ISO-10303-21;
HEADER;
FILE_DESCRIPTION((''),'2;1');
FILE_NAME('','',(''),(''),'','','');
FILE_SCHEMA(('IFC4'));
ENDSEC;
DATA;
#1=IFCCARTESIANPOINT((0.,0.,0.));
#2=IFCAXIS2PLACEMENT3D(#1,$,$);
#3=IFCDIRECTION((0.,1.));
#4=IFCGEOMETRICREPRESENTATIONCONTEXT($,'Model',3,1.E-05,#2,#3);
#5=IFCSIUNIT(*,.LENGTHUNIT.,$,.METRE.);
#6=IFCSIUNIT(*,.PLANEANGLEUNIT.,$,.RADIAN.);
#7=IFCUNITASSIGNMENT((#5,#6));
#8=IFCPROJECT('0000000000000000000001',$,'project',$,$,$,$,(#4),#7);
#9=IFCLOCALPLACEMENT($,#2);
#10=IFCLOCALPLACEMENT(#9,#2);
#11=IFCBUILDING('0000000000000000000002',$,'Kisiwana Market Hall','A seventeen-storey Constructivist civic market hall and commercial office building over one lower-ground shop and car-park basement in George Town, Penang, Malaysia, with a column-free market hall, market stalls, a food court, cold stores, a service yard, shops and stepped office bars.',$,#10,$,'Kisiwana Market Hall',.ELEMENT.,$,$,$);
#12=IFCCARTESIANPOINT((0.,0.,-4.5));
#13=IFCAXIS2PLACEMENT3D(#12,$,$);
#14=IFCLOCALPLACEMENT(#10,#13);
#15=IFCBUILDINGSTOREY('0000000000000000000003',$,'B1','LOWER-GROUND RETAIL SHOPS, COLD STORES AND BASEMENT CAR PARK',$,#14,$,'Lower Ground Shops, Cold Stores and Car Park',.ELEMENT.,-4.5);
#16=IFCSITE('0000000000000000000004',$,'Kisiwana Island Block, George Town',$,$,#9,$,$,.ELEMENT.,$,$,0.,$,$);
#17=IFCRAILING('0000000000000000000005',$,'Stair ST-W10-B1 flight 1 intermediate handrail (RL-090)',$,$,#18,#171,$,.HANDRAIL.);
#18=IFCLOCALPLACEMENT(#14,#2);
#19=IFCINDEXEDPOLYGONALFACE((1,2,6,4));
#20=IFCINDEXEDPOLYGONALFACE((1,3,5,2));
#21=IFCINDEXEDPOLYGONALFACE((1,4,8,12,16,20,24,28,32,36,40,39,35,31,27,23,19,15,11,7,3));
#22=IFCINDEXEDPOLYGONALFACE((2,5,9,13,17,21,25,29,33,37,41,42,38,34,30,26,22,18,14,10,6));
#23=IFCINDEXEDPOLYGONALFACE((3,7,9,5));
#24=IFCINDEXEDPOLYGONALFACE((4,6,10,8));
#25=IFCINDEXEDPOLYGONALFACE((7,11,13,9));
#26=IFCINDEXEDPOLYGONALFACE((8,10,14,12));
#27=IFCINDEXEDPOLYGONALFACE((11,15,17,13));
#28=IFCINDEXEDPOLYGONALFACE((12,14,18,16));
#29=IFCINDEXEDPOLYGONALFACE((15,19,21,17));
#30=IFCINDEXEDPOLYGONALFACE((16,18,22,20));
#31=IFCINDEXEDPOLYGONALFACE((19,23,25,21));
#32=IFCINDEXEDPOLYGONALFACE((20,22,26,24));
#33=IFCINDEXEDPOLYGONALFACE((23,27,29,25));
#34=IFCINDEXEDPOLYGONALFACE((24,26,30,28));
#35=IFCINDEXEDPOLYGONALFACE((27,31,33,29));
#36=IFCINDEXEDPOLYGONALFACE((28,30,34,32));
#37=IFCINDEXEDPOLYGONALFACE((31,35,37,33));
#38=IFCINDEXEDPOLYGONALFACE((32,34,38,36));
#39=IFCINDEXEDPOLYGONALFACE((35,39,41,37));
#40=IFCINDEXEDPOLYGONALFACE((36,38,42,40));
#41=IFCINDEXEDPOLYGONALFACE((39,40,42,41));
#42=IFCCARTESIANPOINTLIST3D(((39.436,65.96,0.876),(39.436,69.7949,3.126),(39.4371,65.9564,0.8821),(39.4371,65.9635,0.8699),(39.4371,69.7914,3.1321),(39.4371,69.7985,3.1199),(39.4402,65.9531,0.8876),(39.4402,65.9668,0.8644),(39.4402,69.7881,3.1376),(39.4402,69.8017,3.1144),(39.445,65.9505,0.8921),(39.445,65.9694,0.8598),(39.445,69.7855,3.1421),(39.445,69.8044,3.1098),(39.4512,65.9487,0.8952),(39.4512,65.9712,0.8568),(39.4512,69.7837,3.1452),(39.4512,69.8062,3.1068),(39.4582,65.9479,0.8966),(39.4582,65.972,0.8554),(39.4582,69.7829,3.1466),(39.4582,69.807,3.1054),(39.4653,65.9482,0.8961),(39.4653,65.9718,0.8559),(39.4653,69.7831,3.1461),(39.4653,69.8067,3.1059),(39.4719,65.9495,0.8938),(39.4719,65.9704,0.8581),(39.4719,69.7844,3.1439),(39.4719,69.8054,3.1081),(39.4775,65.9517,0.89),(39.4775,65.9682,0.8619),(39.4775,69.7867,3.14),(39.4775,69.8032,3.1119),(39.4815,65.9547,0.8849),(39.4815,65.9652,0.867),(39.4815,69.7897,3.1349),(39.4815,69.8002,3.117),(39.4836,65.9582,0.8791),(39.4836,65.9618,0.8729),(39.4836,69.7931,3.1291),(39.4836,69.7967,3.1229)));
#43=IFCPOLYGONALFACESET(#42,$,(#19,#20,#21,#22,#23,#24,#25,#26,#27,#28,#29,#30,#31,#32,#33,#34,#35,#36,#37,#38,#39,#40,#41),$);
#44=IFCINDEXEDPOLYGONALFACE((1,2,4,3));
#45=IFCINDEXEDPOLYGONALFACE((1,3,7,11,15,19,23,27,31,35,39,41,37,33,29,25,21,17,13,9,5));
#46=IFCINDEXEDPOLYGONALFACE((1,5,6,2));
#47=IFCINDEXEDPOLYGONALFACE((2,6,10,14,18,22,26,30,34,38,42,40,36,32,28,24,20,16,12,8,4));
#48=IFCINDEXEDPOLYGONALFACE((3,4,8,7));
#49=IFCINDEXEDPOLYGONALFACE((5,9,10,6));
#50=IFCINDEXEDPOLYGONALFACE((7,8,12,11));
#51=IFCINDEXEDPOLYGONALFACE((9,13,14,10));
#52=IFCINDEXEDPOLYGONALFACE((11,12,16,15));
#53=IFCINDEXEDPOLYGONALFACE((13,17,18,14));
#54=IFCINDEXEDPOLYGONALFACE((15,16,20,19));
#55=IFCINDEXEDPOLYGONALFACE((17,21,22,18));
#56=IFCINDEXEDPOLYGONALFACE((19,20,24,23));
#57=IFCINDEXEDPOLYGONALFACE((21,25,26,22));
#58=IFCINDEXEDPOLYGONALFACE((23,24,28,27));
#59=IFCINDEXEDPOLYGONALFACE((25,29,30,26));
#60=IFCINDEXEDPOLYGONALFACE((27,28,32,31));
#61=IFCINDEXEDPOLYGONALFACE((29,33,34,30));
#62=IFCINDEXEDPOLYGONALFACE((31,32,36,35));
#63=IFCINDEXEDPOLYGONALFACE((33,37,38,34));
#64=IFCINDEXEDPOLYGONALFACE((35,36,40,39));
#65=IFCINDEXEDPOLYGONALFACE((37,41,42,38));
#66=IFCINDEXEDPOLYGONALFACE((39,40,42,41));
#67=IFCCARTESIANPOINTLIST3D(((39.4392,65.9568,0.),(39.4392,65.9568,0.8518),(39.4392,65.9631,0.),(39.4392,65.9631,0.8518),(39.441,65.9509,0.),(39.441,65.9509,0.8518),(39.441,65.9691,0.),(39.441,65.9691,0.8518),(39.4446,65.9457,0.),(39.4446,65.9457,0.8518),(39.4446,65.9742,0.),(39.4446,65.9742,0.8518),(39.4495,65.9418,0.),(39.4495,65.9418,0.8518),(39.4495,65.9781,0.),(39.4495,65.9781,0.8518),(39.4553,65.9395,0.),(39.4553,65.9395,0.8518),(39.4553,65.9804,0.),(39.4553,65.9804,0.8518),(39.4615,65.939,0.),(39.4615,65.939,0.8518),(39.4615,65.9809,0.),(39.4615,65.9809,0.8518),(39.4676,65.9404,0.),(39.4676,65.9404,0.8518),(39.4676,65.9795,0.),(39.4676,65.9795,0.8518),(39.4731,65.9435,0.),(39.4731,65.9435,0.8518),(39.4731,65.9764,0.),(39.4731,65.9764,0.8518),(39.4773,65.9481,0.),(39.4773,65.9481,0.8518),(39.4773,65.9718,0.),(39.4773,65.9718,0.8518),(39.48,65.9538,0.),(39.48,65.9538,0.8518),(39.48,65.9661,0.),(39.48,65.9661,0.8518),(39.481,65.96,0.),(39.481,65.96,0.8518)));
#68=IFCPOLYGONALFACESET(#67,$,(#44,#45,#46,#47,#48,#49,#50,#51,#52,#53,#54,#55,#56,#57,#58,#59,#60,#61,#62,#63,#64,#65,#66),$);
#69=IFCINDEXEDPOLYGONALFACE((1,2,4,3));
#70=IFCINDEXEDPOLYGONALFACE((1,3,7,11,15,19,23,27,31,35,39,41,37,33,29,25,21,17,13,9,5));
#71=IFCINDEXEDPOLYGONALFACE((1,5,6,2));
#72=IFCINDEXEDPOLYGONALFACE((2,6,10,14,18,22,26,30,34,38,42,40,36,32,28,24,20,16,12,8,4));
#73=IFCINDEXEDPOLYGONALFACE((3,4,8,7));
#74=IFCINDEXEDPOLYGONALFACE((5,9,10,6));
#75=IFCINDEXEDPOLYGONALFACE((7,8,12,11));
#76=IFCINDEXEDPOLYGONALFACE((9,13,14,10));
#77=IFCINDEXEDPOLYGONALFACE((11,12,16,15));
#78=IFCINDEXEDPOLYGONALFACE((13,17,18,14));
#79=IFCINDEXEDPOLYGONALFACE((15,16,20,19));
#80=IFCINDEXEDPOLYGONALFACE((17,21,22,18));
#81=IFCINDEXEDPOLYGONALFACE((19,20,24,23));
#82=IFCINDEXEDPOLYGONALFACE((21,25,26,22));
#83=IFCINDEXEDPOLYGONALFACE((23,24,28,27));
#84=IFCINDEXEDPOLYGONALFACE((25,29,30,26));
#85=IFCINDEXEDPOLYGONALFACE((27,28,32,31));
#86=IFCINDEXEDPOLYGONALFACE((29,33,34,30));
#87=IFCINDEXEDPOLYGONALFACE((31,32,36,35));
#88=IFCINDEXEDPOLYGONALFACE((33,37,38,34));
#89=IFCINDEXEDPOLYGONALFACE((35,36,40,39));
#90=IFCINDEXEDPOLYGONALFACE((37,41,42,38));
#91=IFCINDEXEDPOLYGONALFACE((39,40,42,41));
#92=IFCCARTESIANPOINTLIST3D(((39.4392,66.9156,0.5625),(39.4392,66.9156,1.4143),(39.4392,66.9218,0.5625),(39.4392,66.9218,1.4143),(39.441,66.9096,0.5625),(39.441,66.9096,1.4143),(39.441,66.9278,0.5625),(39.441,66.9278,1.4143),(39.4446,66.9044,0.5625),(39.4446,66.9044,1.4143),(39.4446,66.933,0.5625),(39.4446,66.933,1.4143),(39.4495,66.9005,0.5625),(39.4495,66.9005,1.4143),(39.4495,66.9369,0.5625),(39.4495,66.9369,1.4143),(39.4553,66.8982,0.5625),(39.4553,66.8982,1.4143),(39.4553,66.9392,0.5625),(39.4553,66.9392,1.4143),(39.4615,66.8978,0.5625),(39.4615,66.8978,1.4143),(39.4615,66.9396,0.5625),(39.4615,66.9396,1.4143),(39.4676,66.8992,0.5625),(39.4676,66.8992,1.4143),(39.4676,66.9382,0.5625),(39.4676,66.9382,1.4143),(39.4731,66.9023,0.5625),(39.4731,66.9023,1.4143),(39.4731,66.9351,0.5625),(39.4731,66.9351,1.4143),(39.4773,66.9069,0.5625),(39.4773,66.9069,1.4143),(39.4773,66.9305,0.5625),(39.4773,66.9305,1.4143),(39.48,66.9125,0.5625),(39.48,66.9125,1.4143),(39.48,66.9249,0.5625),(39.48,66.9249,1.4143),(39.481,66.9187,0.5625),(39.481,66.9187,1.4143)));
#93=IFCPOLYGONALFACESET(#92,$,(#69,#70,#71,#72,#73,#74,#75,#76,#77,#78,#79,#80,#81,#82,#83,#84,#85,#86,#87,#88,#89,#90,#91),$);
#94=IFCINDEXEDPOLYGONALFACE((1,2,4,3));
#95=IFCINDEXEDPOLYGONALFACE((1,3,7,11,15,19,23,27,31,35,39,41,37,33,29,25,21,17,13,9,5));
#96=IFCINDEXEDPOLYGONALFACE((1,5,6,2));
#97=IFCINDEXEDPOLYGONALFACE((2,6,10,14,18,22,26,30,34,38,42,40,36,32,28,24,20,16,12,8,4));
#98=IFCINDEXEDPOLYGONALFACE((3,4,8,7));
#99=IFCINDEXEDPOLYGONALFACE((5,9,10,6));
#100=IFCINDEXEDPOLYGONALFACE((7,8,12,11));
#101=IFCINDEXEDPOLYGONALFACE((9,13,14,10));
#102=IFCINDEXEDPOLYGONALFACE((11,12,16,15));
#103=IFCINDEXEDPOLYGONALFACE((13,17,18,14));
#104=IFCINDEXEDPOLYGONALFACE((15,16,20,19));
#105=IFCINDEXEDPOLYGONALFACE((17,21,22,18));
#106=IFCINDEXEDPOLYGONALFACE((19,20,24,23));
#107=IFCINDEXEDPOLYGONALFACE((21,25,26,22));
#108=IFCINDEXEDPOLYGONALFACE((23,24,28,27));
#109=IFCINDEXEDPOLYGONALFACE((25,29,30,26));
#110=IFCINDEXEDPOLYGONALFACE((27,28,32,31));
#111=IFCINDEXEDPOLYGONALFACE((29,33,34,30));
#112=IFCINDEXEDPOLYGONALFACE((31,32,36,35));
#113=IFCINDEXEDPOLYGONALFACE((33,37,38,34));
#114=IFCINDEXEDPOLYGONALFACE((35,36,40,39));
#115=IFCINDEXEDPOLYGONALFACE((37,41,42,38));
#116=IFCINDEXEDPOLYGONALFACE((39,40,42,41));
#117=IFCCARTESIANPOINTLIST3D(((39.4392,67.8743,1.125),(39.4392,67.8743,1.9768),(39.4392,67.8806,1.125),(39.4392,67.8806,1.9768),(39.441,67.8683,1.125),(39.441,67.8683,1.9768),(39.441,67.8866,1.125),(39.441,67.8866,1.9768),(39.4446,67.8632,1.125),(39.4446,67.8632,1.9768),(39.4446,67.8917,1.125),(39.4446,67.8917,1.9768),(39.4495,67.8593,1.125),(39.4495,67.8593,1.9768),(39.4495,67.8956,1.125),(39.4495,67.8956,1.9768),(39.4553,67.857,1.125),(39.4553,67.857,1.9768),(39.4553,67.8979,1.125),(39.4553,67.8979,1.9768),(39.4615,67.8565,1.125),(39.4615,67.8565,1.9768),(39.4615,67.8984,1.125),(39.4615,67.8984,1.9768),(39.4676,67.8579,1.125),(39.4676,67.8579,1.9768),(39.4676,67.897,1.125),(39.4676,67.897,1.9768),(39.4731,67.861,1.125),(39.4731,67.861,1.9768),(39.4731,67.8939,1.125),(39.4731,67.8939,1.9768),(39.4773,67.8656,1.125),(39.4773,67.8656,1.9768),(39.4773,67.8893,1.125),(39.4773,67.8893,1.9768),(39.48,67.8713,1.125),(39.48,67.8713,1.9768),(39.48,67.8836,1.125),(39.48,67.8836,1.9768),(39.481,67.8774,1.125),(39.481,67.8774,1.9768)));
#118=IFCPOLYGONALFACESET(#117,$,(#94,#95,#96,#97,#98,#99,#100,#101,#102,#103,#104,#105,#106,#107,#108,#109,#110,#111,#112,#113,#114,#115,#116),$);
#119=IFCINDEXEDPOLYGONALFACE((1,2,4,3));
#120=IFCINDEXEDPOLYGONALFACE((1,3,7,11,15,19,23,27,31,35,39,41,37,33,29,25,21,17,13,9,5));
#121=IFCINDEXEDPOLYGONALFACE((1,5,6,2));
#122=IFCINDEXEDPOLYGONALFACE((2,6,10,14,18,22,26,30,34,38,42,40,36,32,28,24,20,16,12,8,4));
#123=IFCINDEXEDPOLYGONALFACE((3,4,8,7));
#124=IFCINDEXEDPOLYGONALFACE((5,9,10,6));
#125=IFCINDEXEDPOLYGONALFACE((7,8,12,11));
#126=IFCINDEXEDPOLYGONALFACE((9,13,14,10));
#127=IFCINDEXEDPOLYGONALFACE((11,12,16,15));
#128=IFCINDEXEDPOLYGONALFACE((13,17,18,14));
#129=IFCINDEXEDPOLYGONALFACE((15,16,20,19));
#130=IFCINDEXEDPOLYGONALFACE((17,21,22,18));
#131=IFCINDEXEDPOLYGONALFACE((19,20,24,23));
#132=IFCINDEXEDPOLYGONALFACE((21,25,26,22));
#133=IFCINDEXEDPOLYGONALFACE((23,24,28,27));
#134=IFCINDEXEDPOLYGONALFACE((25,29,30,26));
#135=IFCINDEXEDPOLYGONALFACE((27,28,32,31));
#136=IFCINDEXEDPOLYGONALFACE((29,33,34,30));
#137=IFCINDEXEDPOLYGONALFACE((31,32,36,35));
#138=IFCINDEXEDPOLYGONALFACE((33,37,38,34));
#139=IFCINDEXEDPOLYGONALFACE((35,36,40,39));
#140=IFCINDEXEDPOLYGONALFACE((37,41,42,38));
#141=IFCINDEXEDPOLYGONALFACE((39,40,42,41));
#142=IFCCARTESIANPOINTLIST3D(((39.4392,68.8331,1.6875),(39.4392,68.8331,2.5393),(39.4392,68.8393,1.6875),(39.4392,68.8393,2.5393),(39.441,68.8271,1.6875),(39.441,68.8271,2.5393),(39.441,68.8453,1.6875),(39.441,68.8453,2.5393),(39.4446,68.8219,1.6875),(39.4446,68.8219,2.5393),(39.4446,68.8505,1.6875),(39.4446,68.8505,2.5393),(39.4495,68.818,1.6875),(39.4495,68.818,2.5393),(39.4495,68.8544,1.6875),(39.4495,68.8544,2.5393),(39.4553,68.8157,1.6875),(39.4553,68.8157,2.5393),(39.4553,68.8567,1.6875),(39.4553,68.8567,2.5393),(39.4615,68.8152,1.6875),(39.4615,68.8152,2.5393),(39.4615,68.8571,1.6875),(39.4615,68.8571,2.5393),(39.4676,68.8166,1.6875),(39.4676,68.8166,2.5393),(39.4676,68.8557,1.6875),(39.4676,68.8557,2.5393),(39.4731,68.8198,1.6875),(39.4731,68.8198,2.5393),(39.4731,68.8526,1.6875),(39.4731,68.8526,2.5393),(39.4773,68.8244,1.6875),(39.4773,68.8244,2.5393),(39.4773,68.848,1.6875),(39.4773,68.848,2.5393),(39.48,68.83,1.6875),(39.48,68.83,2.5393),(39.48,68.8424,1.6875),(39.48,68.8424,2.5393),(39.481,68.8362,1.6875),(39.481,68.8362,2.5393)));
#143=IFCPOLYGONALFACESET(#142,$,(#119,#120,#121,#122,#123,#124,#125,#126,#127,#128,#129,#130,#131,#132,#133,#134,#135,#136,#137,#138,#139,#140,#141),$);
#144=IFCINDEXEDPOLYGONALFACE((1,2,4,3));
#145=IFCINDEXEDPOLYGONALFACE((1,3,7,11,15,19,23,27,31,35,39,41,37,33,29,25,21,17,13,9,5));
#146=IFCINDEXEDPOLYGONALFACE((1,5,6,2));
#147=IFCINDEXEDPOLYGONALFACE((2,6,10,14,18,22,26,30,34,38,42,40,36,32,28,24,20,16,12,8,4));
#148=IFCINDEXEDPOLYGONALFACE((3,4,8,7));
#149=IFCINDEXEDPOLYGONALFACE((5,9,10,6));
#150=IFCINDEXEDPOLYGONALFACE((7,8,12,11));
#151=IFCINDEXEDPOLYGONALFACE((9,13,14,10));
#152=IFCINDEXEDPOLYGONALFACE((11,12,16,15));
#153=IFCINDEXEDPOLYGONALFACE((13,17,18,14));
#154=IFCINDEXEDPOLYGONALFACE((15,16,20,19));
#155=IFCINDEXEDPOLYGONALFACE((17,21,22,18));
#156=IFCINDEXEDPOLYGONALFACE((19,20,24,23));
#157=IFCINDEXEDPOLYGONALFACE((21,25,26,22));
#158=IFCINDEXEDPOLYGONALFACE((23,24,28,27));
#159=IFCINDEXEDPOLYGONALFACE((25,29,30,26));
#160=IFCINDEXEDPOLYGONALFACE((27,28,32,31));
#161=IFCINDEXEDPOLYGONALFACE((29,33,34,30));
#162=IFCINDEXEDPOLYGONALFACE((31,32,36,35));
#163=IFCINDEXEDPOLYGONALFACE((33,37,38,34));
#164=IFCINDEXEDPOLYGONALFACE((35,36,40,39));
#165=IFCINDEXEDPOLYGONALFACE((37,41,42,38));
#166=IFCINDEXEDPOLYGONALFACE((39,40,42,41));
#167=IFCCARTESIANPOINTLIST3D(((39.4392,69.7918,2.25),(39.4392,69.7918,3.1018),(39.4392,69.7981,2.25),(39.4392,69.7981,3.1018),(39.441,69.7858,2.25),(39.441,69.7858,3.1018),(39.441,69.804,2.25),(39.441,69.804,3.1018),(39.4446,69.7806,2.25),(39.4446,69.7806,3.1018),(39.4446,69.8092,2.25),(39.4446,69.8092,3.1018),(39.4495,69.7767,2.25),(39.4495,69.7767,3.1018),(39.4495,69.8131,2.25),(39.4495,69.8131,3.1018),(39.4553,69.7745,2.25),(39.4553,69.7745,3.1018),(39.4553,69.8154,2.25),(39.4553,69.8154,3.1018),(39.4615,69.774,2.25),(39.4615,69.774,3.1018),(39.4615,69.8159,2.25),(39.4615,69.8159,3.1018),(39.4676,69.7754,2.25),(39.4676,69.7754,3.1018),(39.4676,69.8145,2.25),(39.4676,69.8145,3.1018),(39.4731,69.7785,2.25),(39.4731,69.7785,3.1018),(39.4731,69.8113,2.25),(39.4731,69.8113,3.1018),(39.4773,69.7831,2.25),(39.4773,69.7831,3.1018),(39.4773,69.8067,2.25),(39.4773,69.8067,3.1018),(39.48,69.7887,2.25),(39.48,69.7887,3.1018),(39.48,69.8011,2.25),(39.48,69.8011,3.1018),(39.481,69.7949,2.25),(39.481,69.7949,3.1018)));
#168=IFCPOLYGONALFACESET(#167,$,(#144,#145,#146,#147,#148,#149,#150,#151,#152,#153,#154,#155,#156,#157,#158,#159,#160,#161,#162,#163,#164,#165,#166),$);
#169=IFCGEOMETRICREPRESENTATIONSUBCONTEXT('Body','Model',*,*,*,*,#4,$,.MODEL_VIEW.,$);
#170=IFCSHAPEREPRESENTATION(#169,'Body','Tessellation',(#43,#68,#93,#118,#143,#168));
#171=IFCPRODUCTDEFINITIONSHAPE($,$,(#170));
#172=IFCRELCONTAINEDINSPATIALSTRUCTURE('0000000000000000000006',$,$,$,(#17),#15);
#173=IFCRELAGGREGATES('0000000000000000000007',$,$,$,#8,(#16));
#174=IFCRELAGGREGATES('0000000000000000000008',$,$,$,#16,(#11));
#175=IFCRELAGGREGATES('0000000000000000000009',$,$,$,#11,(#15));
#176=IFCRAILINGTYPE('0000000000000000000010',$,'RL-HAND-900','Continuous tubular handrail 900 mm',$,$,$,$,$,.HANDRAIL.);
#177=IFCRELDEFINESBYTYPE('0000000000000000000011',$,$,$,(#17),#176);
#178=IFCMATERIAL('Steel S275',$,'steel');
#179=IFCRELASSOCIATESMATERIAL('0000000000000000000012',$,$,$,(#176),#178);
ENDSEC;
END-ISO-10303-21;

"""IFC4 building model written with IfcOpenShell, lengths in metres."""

from ifc_helpers import new_model, si_unit, direction, frame, origin, origin_2d, place, context, subcontext, project, spatial, circle, extrude, material, type_object, element, save


model = new_model("IFC4")

# Units and contexts
model_context = context("Model", 3, precision=1e-05, world=origin(), true_north=direction((0.0, 1.0)))
body_context = subcontext(model_context, "Body", "Model", "MODEL_VIEW")
ifc_project = project(units=[si_unit("LENGTHUNIT", "METRE"), si_unit("PLANEANGLEUNIT", "RADIAN")], contexts=[model_context])

# Site, building, storey
site_placement = place(None, origin())
site = spatial("IfcSite", under=ifc_project, at=site_placement, Name="Kisiwana Island Block, George Town", CompositionType="ELEMENT", RefElevation=0.0)
building_placement = place(site_placement, origin())
building = spatial("IfcBuilding", under=site, at=building_placement, Name="Kisiwana Market Hall", Description="A seventeen-storey Constructivist civic market hall and commercial office building over one lower-ground shop and car-park basement in George Town, Penang, Malaysia, with a column-free market hall, market stalls, a food court, cold stores, a service yard, shops and stepped office bars.", LongName="Kisiwana Market Hall", CompositionType="ELEMENT")
storey_placement = place(building_placement, frame((0.0, 0.0, -4.5)))
storey = spatial("IfcBuildingStorey", under=building, at=storey_placement, Name="B1", Description="LOWER-GROUND RETAIL SHOPS, COLD STORES AND BASEMENT CAR PARK", LongName="Lower Ground Shops, Cold Stores and Car Park", CompositionType="ELEMENT", Elevation=-4.5)

# Railing
ifc_material_1 = material(Name="Steel S275", Category="steel")
railing_type_1 = type_object("IfcRailingType", Name="RL-HAND-900", Description="Continuous tubular handrail 900 mm", PredefinedType="HANDRAIL", material=ifc_material_1)
for number, where, name in (
    (1, (39.46, 65.96, 0.0), "Stair ST-W10-B1 flight 1 intermediate handrail (RL-090)"),
):
    element("IfcRailing", number, at=place(storey_placement, frame(where)), inside=storey, type_object=railing_type_1, Name=name, PredefinedType="HANDRAIL", context=body_context, shape_type="SweptSolid", body=[
        extrude(circle(Radius=0.0239, at=origin_2d()), frame((0.0, 0.0, 0.876), z_axis=(0.0, 0.86251, 0.506041), x_axis=(-1.0, 0.0, 0.0)), (0.0, 0.0, 1.0), 4.4463),
        extrude(circle(Radius=0.021, at=origin_2d()), origin(), (0.0, 0.0, 1.0), 0.8518),
        extrude(circle(Radius=0.021, at=origin_2d()), frame((0.0, 0.9587, 0.5625)), (0.0, 0.0, 1.0), 0.8518),
        extrude(circle(Radius=0.021, at=origin_2d()), frame((0.0, 1.9175, 1.125)), (0.0, 0.0, 1.0), 0.8518),
        extrude(circle(Radius=0.021, at=origin_2d()), frame((0.0, 2.8762, 1.6875)), (0.0, 0.0, 1.0), 0.8518),
        extrude(circle(Radius=0.021, at=origin_2d()), frame((0.0, 3.835, 2.25)), (0.0, 0.0, 1.0), 0.8518),
    ])

save(model, "model.ifc")
